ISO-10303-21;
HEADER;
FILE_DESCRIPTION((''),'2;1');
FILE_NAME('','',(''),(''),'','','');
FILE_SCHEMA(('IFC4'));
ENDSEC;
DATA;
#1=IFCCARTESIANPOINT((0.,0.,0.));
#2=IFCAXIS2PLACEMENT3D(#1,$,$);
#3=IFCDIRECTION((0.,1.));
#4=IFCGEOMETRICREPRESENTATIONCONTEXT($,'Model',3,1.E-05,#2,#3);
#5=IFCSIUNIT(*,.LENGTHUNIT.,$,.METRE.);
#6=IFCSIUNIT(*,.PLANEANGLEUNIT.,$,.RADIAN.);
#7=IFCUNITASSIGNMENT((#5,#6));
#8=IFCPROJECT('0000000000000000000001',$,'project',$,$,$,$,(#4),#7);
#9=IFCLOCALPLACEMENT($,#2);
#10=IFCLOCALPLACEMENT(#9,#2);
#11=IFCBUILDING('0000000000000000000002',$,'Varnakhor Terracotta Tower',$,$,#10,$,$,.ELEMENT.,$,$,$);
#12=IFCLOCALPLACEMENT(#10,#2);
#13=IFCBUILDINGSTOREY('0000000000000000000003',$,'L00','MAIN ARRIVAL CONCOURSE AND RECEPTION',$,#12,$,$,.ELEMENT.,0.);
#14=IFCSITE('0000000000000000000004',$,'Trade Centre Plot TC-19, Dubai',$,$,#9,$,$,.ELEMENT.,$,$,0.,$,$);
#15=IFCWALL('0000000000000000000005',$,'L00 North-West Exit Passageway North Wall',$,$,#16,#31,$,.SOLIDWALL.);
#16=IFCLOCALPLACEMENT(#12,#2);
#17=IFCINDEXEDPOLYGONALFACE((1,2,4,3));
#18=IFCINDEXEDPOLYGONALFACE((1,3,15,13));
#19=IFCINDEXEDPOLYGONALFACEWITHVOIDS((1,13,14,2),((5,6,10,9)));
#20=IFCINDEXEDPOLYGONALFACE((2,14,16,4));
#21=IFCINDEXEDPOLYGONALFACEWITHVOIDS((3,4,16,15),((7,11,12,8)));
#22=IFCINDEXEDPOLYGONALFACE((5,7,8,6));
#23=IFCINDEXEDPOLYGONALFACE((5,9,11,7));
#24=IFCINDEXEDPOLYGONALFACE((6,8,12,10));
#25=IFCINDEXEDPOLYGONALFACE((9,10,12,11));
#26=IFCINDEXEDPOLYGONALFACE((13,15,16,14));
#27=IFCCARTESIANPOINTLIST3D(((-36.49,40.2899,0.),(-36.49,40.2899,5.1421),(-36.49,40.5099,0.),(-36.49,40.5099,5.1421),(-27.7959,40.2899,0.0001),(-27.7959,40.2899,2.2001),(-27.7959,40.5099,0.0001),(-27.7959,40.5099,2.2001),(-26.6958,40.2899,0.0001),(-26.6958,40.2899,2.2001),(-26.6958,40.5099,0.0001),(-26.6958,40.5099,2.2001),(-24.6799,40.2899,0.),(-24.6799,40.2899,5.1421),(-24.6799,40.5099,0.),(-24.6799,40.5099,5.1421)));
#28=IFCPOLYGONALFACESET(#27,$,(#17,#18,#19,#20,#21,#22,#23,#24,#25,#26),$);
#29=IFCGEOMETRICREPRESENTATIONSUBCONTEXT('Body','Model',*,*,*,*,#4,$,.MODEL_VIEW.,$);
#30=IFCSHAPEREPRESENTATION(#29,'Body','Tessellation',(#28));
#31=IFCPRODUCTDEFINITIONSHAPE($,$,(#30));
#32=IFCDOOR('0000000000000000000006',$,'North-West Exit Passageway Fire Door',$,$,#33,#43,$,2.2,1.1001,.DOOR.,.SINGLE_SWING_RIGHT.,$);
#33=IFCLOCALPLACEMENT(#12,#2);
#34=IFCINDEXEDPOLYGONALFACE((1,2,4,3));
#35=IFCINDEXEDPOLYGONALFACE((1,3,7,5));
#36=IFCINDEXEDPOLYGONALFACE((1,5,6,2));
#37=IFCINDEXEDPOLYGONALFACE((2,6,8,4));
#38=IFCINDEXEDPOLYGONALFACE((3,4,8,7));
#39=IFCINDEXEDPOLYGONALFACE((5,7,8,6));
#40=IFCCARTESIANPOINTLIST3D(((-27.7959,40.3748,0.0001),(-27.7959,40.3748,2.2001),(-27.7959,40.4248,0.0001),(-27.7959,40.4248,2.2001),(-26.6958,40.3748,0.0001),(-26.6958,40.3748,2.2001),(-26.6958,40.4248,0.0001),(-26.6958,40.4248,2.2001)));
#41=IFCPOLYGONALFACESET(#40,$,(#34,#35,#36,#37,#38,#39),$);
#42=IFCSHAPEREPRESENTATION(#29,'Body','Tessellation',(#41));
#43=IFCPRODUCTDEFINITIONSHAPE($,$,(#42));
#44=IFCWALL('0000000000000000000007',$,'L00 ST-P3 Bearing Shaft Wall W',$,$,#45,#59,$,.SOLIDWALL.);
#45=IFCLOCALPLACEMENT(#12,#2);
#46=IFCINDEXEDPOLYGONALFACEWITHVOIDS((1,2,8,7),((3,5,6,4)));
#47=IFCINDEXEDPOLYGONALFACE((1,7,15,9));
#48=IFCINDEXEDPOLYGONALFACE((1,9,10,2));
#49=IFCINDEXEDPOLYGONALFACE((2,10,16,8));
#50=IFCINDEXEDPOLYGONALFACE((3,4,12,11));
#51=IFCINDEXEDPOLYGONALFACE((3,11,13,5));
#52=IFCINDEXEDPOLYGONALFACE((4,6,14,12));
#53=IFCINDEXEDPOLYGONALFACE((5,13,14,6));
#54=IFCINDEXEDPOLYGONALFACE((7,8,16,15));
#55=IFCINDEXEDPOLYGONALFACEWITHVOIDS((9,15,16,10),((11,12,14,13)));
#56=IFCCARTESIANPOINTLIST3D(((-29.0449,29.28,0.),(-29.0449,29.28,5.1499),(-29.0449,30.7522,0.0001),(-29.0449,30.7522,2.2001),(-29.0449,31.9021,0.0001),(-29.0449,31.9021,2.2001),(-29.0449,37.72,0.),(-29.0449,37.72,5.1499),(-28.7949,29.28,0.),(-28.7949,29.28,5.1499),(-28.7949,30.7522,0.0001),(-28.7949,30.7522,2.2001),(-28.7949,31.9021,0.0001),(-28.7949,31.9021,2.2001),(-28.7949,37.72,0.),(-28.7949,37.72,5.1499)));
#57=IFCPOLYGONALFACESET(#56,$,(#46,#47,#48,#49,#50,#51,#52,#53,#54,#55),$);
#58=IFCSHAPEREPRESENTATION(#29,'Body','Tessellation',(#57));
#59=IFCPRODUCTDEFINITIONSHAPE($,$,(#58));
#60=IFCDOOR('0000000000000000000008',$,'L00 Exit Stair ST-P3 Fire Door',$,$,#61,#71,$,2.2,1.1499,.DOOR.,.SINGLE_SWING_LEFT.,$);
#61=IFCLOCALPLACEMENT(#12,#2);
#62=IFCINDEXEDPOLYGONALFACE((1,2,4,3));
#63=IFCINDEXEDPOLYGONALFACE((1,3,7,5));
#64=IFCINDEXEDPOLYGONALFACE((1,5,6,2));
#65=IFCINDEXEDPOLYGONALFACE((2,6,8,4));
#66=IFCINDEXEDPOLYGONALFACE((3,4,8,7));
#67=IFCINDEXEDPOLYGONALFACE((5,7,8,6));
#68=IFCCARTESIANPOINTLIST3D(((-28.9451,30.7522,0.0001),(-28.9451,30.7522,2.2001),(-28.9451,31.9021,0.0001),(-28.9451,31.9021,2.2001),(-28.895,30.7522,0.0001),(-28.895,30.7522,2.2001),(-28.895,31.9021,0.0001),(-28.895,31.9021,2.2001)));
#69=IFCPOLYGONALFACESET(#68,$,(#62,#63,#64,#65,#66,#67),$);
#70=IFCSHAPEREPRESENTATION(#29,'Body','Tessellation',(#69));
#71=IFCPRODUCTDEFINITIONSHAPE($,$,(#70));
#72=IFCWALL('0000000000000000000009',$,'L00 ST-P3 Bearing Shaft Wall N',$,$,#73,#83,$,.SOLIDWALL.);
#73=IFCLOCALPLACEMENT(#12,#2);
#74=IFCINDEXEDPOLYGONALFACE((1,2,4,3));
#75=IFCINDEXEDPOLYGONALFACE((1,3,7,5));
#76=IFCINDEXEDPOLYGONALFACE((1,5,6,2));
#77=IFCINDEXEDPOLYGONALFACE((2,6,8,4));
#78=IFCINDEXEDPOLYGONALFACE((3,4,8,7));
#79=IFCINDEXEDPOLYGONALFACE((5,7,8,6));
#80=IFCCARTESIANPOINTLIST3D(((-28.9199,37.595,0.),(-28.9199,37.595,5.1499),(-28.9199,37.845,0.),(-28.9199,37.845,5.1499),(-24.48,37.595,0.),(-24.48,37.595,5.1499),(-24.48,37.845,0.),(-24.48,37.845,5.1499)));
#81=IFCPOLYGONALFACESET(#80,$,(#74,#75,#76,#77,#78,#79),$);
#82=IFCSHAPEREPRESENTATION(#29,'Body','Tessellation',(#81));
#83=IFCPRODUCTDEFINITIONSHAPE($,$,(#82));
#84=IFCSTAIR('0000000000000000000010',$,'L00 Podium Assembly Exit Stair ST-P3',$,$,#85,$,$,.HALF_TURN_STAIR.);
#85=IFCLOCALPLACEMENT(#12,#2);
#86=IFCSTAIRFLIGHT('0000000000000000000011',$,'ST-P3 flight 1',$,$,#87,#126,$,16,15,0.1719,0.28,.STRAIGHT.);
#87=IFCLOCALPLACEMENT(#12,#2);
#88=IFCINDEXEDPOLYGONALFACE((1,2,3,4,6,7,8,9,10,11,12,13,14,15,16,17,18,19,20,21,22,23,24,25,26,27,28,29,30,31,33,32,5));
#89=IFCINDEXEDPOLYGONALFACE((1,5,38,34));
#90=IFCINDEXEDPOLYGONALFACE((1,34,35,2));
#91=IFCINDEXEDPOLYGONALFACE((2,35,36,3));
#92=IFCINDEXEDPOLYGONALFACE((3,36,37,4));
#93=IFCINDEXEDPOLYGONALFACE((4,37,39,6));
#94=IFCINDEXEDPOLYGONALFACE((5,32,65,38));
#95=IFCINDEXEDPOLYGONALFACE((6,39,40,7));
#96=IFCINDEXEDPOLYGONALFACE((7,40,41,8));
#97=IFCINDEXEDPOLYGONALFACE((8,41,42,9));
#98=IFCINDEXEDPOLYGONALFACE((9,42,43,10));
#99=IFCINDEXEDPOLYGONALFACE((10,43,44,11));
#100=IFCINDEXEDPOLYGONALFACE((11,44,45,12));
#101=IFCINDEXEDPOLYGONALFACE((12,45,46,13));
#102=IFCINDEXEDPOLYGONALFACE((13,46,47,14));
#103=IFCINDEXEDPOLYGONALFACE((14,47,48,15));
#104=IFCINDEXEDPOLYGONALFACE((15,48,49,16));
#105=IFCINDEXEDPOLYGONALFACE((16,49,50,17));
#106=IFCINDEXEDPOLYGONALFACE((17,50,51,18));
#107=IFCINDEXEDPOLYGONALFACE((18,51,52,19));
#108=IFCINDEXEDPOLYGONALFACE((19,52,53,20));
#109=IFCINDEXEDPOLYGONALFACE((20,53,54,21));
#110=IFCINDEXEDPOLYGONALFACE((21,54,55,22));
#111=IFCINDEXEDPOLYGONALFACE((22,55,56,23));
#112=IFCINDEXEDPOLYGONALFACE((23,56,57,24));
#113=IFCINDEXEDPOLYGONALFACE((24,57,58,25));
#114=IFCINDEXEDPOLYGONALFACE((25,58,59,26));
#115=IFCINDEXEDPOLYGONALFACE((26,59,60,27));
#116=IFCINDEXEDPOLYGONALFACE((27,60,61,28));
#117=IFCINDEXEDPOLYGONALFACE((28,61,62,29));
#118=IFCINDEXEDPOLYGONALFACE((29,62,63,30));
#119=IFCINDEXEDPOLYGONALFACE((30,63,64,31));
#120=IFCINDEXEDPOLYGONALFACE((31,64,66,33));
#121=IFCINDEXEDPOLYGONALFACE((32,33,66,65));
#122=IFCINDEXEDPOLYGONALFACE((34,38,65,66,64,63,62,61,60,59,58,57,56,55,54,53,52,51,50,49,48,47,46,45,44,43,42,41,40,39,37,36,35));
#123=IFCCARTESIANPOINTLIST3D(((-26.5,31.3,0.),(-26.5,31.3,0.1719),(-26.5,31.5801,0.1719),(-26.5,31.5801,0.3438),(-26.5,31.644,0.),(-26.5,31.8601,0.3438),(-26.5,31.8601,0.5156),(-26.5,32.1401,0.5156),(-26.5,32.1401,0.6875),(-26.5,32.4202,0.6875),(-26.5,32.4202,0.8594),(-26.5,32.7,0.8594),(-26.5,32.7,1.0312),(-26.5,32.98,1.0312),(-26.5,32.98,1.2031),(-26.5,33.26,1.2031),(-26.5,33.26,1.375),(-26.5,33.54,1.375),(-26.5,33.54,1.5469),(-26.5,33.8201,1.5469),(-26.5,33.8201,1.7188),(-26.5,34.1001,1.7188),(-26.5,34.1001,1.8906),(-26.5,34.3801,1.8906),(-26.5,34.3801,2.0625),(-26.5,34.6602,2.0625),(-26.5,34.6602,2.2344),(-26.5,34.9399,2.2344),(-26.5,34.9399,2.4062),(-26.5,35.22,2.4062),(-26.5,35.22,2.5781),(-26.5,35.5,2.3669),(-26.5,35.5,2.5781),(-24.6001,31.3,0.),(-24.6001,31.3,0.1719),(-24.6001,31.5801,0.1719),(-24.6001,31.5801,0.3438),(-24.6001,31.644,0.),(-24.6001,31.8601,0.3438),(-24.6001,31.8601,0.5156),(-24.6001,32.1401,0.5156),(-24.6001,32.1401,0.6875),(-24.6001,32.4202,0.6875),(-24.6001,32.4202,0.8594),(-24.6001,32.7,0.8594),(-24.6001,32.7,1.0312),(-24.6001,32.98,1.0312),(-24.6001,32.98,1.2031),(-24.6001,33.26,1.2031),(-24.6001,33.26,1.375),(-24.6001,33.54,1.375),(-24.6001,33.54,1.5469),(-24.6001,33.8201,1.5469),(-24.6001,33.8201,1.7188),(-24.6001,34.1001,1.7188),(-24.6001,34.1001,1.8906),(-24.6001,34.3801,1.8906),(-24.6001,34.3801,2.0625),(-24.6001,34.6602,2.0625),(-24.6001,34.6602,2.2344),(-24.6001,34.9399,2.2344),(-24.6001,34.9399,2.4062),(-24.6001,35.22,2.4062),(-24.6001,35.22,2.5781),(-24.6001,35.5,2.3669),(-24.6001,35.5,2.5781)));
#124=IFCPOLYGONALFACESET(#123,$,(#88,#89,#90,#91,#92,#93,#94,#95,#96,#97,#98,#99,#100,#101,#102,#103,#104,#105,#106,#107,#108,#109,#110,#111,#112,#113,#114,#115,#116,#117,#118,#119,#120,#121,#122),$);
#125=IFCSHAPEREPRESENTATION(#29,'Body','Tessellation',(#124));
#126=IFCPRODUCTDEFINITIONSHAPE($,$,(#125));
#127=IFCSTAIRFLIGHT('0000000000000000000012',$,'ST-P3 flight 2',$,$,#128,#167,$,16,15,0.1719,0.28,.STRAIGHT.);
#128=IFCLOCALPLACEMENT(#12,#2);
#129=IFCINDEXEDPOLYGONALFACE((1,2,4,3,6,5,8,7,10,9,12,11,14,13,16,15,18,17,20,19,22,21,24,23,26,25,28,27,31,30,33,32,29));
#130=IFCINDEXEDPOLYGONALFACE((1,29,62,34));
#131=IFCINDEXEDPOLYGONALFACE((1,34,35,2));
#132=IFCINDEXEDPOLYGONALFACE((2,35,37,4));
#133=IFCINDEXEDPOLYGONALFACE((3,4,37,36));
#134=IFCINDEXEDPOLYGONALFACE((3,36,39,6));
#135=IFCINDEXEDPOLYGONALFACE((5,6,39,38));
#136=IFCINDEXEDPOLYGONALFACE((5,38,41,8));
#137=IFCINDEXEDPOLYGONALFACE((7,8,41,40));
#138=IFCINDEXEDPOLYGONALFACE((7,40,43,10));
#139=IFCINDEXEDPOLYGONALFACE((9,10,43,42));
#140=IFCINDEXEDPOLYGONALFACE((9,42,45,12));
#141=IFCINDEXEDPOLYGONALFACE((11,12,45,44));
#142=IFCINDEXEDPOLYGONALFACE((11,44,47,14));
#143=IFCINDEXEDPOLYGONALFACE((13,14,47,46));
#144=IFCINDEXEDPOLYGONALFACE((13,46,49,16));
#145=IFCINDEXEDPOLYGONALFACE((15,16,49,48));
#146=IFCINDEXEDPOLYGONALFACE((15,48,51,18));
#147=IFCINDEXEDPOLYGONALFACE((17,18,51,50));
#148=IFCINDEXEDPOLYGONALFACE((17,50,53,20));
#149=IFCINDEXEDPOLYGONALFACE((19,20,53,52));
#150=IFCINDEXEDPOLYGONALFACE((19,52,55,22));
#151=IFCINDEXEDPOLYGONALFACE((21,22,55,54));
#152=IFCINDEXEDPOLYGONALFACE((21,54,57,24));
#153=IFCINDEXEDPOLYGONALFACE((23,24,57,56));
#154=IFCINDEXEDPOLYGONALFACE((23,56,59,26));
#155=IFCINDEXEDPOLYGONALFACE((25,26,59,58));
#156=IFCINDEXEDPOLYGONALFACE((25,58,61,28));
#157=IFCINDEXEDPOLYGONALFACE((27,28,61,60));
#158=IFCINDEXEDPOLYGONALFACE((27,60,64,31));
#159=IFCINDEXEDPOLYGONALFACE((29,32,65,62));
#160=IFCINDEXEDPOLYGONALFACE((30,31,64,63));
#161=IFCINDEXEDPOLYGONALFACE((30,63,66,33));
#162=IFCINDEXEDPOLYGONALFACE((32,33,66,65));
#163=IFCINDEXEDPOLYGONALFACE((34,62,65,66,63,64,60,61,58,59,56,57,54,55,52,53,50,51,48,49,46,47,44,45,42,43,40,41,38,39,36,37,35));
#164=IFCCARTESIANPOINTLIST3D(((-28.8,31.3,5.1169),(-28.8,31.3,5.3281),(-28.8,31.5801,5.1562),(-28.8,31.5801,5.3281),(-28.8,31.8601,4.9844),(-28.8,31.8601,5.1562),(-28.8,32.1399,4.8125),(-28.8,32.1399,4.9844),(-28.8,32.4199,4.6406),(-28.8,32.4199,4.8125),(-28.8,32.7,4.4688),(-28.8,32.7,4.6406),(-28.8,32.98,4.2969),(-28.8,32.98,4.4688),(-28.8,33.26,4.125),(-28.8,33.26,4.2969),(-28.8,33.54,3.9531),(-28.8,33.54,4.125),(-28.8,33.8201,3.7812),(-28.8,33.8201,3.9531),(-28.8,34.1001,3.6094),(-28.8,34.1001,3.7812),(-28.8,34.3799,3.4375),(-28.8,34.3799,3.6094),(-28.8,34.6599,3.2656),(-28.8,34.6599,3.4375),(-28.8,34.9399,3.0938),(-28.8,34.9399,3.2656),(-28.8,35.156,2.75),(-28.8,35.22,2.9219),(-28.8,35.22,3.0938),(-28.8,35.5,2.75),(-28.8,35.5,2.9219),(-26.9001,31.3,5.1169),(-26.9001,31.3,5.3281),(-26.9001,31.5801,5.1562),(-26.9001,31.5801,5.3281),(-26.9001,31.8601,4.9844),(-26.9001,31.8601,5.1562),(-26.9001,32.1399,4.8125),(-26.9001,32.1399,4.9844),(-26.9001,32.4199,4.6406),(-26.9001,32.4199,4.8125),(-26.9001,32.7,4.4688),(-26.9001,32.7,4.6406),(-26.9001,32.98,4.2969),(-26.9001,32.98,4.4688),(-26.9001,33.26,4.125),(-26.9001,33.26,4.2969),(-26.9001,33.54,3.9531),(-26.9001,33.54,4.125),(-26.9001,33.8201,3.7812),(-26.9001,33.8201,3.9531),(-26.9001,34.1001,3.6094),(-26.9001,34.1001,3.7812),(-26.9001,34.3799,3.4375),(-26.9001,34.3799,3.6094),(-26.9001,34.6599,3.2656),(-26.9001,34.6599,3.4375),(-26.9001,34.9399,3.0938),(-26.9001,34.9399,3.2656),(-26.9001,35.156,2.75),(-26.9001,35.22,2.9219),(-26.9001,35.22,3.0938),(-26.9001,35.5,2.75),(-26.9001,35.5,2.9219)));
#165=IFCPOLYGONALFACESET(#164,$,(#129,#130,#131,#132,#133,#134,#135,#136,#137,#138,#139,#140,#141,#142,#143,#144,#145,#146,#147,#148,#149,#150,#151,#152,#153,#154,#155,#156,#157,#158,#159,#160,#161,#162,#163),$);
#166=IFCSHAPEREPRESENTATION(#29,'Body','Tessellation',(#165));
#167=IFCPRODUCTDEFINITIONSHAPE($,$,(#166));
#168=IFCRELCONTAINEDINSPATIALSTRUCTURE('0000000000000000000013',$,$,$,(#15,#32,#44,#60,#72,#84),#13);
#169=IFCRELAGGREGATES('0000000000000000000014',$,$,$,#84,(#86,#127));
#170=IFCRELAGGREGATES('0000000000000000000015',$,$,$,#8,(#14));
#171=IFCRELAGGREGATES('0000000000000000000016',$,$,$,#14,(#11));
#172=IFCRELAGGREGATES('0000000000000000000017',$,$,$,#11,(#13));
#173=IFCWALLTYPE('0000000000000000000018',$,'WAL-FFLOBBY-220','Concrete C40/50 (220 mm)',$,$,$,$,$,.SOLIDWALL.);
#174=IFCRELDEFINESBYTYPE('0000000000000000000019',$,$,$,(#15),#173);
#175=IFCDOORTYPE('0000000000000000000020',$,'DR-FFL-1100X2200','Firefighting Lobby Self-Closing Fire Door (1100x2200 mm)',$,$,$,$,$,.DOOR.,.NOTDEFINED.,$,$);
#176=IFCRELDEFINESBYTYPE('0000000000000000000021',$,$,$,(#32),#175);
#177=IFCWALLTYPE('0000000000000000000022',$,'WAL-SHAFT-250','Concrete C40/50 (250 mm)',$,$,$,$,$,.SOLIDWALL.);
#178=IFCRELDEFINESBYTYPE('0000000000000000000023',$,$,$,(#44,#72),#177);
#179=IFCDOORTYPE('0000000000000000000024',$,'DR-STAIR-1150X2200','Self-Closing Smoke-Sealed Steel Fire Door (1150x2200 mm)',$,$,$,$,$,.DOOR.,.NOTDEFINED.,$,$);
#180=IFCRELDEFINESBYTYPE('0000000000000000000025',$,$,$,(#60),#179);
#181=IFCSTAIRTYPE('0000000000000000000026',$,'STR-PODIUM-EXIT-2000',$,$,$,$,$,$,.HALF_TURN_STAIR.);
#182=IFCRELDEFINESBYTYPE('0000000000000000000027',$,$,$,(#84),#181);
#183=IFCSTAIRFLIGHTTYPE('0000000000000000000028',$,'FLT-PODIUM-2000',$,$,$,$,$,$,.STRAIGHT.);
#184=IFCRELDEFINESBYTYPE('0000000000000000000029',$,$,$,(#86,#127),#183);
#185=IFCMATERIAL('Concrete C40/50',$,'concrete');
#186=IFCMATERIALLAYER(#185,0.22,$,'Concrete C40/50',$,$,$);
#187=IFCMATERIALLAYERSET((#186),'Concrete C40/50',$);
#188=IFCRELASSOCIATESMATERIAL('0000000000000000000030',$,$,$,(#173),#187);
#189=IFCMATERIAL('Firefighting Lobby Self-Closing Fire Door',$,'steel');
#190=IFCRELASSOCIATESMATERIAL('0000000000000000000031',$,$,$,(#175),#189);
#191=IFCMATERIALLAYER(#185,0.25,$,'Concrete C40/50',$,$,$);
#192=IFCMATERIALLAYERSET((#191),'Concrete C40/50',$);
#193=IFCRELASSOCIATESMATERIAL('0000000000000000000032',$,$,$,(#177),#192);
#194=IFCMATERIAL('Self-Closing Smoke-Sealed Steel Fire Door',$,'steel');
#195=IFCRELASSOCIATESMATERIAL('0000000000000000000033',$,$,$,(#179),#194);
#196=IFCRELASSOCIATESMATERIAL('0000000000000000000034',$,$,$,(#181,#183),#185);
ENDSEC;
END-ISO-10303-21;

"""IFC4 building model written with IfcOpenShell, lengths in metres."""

from ifc_helpers import new_model, si_unit, direction, frame, frame_2d, origin, place, context, subcontext, project, spatial, polyline, rectangle, outline, extrude, source, transform, mapped, material, layer, layer_set, type_object, type_shapes, element, fill, aggregate, save


model = new_model("IFC4")

# Units and contexts
model_context = context("Model", 3, precision=1e-05, world=origin(), true_north=direction((0.0, 1.0)))
body_context = subcontext(model_context, "Body", "Model", "MODEL_VIEW")
ifc_project = project(units=[si_unit("LENGTHUNIT", "METRE"), si_unit("PLANEANGLEUNIT", "RADIAN")], contexts=[model_context])

# Site, building, storey
site_placement = place(None, origin())
site = spatial("IfcSite", under=ifc_project, at=site_placement, Name="Trade Centre Plot TC-19, Dubai", CompositionType="ELEMENT", RefElevation=0.0)
building_placement = place(site_placement, origin())
building = spatial("IfcBuilding", under=site, at=building_placement, Name="Varnakhor Terracotta Tower", CompositionType="ELEMENT")
storey_placement = place(building_placement, origin())
storey = spatial("IfcBuildingStorey", under=building, at=storey_placement, Name="L00", Description="MAIN ARRIVAL CONCOURSE AND RECEPTION", CompositionType="ELEMENT", Elevation=0.0)

# Shared definitions
ifc_material_1 = material(Name="Concrete C40/50", Category="concrete")
ifc_layer_1 = layer(ifc_material_1, 0.22, Name="Concrete C40/50")
ifc_layer_set_1 = layer_set([ifc_layer_1], Name="Concrete C40/50")
wall_type_1 = type_object("IfcWallType", Name="WAL-FFLOBBY-220", Description="Concrete C40/50 (220 mm)", PredefinedType="SOLIDWALL", material=ifc_layer_set_1)

# Walls, openings, doors
wall_1_placement = place(storey_placement, frame((-36.49, 40.3999, 0.0), z_axis=(0.0, 0.0, 1.0), x_axis=(1.0, 0.0, 0.0)))
wall_1 = element("IfcWall", 1, at=wall_1_placement, inside=storey, type_object=wall_type_1, Name="L00 North-West Exit Passageway North Wall", PredefinedType="SOLIDWALL", context=body_context, shape_type="SweptSolid", body=[
    extrude(rectangle(XDim=11.8101, YDim=0.22, at=frame_2d((5.905, 0.0))), origin(), (0.0, 0.0, 1.0), 5.1421),
])
opening_1_placement = place(wall_1_placement, frame((8.6941, 0.0, 0.0)))
opening_1 = element("IfcOpeningElement", 2, at=opening_1_placement, cuts=wall_1, PredefinedType="OPENING", context=body_context, shape_type="SweptSolid", body=[
    extrude(rectangle(XDim=1.1001, YDim=2.2, at=frame_2d((0.55, 1.1001))), frame((0.0, 0.1201, 0.0), z_axis=(0.0, -1.0, 0.0), x_axis=(1.0, 0.0, 0.0)), (0.0, 0.0, 1.0), 0.24),
])
ifc_material_2 = material(Name="Firefighting Lobby Self-Closing Fire Door", Category="steel")
door_type_1 = type_object("IfcDoorType", Name="DR-FFL-1100X2200", Description="Firefighting Lobby Self-Closing Fire Door (1100x2200 mm)", OperationType="NOTDEFINED", PredefinedType="DOOR", material=ifc_material_2)
shared_shape_1 = source(origin(), body_context, "Body", "SweptSolid", [
    extrude(rectangle(XDim=1.1001, YDim=2.2, at=frame_2d((0.55, 1.1001))), frame((0.0, 0.0249, 0.0), z_axis=(0.0, -1.0, 0.0), x_axis=(1.0, 0.0, 0.0)), (0.0, 0.0, 1.0), 0.05),
])
type_shapes(door_type_1, [shared_shape_1])
door_1_placement = place(opening_1_placement, origin())
door_1 = element("IfcDoor", 3, at=door_1_placement, inside=storey, type_object=door_type_1, Name="North-West Exit Passageway Fire Door", OperationType="SINGLE_SWING_RIGHT", OverallHeight=2.2, OverallWidth=1.1001, PredefinedType="DOOR", context=body_context, shape_type="MappedRepresentation", body=[
    mapped(shared_shape_1, transform((0.0, 0.0, 0.0), scale=1.0)),
])
fill(opening_1, door_1)
ifc_layer_2 = layer(ifc_material_1, 0.25, Name="Concrete C40/50")
ifc_layer_set_2 = layer_set([ifc_layer_2], Name="Concrete C40/50")
wall_type_2 = type_object("IfcWallType", Name="WAL-SHAFT-250", Description="Concrete C40/50 (250 mm)", PredefinedType="SOLIDWALL", material=ifc_layer_set_2)
wall_2_placement = place(storey_placement, frame((-28.9199, 37.72, 0.0), z_axis=(0.0, 0.0, 1.0), x_axis=(0.0, -1.0, 0.0)))
wall_2 = element("IfcWall", 4, at=wall_2_placement, inside=storey, type_object=wall_type_2, Name="L00 ST-P3 Bearing Shaft Wall W", PredefinedType="SOLIDWALL", context=body_context, shape_type="SweptSolid", body=[
    extrude(rectangle(XDim=8.4399, YDim=0.25, at=frame_2d((4.22, 0.0))), origin(), (0.0, 0.0, 1.0), 5.1499),
])
opening_2_placement = place(wall_2_placement, frame((5.8179, 0.0, 0.0)))
opening_2 = element("IfcOpeningElement", 5, at=opening_2_placement, cuts=wall_2, PredefinedType="OPENING", context=body_context, shape_type="SweptSolid", body=[
    extrude(rectangle(XDim=1.1499, YDim=2.2, at=frame_2d((0.575, 1.1001))), frame((0.0, 0.135, 0.0), z_axis=(0.0, -1.0, 0.0), x_axis=(1.0, 0.0, 0.0)), (0.0, 0.0, 1.0), 0.27),
])
ifc_material_3 = material(Name="Self-Closing Smoke-Sealed Steel Fire Door", Category="steel")
door_type_2 = type_object("IfcDoorType", Name="DR-STAIR-1150X2200", Description="Self-Closing Smoke-Sealed Steel Fire Door (1150x2200 mm)", OperationType="NOTDEFINED", PredefinedType="DOOR", material=ifc_material_3)
shared_shape_2 = source(origin(), body_context, "Body", "SweptSolid", [
    extrude(rectangle(XDim=1.1499, YDim=2.2, at=frame_2d((0.575, 1.1001))), frame((0.0, 0.0249, 0.0), z_axis=(0.0, -1.0, 0.0), x_axis=(1.0, 0.0, 0.0)), (0.0, 0.0, 1.0), 0.05),
])
type_shapes(door_type_2, [shared_shape_2])
door_2_placement = place(opening_2_placement, origin())
door_2 = element("IfcDoor", 6, at=door_2_placement, inside=storey, type_object=door_type_2, Name="L00 Exit Stair ST-P3 Fire Door", OperationType="SINGLE_SWING_LEFT", OverallHeight=2.2, OverallWidth=1.1499, PredefinedType="DOOR", context=body_context, shape_type="MappedRepresentation", body=[
    mapped(shared_shape_2, transform((0.0, 0.0, 0.0), scale=1.0)),
])
fill(opening_2, door_2)

# Wall
wall_3_placement = place(storey_placement, frame((-28.9199, 37.72, 0.0), z_axis=(0.0, 0.0, 1.0), x_axis=(1.0, 0.0, 0.0)))
element("IfcWall", 7, at=wall_3_placement, inside=storey, type_object=wall_type_2, Name="L00 ST-P3 Bearing Shaft Wall N", PredefinedType="SOLIDWALL", context=body_context, shape_type="SweptSolid", body=[
    extrude(rectangle(XDim=4.4399, YDim=0.25, at=frame_2d((2.22, 0.0))), origin(), (0.0, 0.0, 1.0), 5.1499),
])

# Stair, stair flights
stair_type = type_object("IfcStairType", Name="STR-PODIUM-EXIT-2000", PredefinedType="HALF_TURN_STAIR", material=ifc_material_1)
stair_placement = place(storey_placement, origin())
stair = element("IfcStair", 8, at=stair_placement, inside=storey, type_object=stair_type, Name="L00 Podium Assembly Exit Stair ST-P3", PredefinedType="HALF_TURN_STAIR")
stair_flight_type = type_object("IfcStairFlightType", Name="FLT-PODIUM-2000", PredefinedType="STRAIGHT", material=ifc_material_1)
stair_flight_1_placement = place(storey_placement, frame((-25.55, 31.3, 0.0), z_axis=(0.0, 0.0, 1.0), x_axis=(0.0, 1.0, 0.0)))
stair_flight_1 = element("IfcStairFlight", 9, at=stair_flight_1_placement, type_object=stair_flight_type, Name="ST-P3 flight 1", NumberOfRisers=16, NumberOfTreads=15, PredefinedType="STRAIGHT", RiserHeight=0.1719, TreadLength=0.28, context=body_context, shape_type="SweptSolid", body=[
    extrude(outline(polyline([(0.0, 0.0), (0.0, 0.1719), (0.28, 0.1719), (0.28, 0.3438), (0.5601, 0.3438), (0.5601, 0.5156), (0.8401, 0.5156), (0.8401, 0.6875), (1.1201, 0.6875), (1.1201, 0.8594), (1.3999, 0.8594), (1.3999, 1.0312), (1.6799, 1.0312), (1.6799, 1.2031), (1.96, 1.2031), (1.96, 1.375), (2.24, 1.375), (2.24, 1.5469), (2.52, 1.5469), (2.52, 1.7188), (2.8, 1.7188), (2.8, 1.8906), (3.0801, 1.8906), (3.0801, 2.0625), (3.3601, 2.0625), (3.3601, 2.2344), (3.6399, 2.2344), (3.6399, 2.4062), (3.9199, 2.4062), (3.9199, 2.5781), (4.2, 2.5781), (4.2, 2.75), (4.2, 2.3669), (0.344, 0.0), (0.0, 0.0)])), frame((0.0, 0.95, 0.0), z_axis=(0.0, -1.0, 0.0), x_axis=(1.0, 0.0, 0.0)), (0.0, 0.0, 1.0), 1.8999),
])
stair_flight_2_placement = place(storey_placement, frame((-27.8501, 35.5, 2.75), z_axis=(0.0, 0.0, 1.0), x_axis=(0.0, -1.0, 0.0)))
stair_flight_2 = element("IfcStairFlight", 10, at=stair_flight_2_placement, type_object=stair_flight_type, Name="ST-P3 flight 2", NumberOfRisers=16, NumberOfTreads=15, PredefinedType="STRAIGHT", RiserHeight=0.1719, TreadLength=0.28, context=body_context, shape_type="SweptSolid", body=[
    extrude(outline(polyline([(0.0, 0.0), (0.0, 0.1719), (0.28, 0.1719), (0.28, 0.3438), (0.5601, 0.3438), (0.5601, 0.5156), (0.8401, 0.5156), (0.8401, 0.6875), (1.1201, 0.6875), (1.1201, 0.8594), (1.3999, 0.8594), (1.3999, 1.0312), (1.6799, 1.0312), (1.6799, 1.2031), (1.96, 1.2031), (1.96, 1.375), (2.24, 1.375), (2.24, 1.5469), (2.52, 1.5469), (2.52, 1.7188), (2.8, 1.7188), (2.8, 1.8906), (3.0801, 1.8906), (3.0801, 2.0625), (3.3601, 2.0625), (3.3601, 2.2344), (3.6399, 2.2344), (3.6399, 2.4062), (3.9199, 2.4062), (3.9199, 2.5781), (4.2, 2.5781), (4.2, 2.75), (4.2, 2.3669), (0.344, 0.0), (0.0, 0.0)])), frame((0.0, 0.95, 0.0), z_axis=(0.0, -1.0, 0.0), x_axis=(1.0, 0.0, 0.0)), (0.0, 0.0, 1.0), 1.8999),
])
aggregate(stair, [stair_flight_1, stair_flight_2])

save(model, "model.ifc")
